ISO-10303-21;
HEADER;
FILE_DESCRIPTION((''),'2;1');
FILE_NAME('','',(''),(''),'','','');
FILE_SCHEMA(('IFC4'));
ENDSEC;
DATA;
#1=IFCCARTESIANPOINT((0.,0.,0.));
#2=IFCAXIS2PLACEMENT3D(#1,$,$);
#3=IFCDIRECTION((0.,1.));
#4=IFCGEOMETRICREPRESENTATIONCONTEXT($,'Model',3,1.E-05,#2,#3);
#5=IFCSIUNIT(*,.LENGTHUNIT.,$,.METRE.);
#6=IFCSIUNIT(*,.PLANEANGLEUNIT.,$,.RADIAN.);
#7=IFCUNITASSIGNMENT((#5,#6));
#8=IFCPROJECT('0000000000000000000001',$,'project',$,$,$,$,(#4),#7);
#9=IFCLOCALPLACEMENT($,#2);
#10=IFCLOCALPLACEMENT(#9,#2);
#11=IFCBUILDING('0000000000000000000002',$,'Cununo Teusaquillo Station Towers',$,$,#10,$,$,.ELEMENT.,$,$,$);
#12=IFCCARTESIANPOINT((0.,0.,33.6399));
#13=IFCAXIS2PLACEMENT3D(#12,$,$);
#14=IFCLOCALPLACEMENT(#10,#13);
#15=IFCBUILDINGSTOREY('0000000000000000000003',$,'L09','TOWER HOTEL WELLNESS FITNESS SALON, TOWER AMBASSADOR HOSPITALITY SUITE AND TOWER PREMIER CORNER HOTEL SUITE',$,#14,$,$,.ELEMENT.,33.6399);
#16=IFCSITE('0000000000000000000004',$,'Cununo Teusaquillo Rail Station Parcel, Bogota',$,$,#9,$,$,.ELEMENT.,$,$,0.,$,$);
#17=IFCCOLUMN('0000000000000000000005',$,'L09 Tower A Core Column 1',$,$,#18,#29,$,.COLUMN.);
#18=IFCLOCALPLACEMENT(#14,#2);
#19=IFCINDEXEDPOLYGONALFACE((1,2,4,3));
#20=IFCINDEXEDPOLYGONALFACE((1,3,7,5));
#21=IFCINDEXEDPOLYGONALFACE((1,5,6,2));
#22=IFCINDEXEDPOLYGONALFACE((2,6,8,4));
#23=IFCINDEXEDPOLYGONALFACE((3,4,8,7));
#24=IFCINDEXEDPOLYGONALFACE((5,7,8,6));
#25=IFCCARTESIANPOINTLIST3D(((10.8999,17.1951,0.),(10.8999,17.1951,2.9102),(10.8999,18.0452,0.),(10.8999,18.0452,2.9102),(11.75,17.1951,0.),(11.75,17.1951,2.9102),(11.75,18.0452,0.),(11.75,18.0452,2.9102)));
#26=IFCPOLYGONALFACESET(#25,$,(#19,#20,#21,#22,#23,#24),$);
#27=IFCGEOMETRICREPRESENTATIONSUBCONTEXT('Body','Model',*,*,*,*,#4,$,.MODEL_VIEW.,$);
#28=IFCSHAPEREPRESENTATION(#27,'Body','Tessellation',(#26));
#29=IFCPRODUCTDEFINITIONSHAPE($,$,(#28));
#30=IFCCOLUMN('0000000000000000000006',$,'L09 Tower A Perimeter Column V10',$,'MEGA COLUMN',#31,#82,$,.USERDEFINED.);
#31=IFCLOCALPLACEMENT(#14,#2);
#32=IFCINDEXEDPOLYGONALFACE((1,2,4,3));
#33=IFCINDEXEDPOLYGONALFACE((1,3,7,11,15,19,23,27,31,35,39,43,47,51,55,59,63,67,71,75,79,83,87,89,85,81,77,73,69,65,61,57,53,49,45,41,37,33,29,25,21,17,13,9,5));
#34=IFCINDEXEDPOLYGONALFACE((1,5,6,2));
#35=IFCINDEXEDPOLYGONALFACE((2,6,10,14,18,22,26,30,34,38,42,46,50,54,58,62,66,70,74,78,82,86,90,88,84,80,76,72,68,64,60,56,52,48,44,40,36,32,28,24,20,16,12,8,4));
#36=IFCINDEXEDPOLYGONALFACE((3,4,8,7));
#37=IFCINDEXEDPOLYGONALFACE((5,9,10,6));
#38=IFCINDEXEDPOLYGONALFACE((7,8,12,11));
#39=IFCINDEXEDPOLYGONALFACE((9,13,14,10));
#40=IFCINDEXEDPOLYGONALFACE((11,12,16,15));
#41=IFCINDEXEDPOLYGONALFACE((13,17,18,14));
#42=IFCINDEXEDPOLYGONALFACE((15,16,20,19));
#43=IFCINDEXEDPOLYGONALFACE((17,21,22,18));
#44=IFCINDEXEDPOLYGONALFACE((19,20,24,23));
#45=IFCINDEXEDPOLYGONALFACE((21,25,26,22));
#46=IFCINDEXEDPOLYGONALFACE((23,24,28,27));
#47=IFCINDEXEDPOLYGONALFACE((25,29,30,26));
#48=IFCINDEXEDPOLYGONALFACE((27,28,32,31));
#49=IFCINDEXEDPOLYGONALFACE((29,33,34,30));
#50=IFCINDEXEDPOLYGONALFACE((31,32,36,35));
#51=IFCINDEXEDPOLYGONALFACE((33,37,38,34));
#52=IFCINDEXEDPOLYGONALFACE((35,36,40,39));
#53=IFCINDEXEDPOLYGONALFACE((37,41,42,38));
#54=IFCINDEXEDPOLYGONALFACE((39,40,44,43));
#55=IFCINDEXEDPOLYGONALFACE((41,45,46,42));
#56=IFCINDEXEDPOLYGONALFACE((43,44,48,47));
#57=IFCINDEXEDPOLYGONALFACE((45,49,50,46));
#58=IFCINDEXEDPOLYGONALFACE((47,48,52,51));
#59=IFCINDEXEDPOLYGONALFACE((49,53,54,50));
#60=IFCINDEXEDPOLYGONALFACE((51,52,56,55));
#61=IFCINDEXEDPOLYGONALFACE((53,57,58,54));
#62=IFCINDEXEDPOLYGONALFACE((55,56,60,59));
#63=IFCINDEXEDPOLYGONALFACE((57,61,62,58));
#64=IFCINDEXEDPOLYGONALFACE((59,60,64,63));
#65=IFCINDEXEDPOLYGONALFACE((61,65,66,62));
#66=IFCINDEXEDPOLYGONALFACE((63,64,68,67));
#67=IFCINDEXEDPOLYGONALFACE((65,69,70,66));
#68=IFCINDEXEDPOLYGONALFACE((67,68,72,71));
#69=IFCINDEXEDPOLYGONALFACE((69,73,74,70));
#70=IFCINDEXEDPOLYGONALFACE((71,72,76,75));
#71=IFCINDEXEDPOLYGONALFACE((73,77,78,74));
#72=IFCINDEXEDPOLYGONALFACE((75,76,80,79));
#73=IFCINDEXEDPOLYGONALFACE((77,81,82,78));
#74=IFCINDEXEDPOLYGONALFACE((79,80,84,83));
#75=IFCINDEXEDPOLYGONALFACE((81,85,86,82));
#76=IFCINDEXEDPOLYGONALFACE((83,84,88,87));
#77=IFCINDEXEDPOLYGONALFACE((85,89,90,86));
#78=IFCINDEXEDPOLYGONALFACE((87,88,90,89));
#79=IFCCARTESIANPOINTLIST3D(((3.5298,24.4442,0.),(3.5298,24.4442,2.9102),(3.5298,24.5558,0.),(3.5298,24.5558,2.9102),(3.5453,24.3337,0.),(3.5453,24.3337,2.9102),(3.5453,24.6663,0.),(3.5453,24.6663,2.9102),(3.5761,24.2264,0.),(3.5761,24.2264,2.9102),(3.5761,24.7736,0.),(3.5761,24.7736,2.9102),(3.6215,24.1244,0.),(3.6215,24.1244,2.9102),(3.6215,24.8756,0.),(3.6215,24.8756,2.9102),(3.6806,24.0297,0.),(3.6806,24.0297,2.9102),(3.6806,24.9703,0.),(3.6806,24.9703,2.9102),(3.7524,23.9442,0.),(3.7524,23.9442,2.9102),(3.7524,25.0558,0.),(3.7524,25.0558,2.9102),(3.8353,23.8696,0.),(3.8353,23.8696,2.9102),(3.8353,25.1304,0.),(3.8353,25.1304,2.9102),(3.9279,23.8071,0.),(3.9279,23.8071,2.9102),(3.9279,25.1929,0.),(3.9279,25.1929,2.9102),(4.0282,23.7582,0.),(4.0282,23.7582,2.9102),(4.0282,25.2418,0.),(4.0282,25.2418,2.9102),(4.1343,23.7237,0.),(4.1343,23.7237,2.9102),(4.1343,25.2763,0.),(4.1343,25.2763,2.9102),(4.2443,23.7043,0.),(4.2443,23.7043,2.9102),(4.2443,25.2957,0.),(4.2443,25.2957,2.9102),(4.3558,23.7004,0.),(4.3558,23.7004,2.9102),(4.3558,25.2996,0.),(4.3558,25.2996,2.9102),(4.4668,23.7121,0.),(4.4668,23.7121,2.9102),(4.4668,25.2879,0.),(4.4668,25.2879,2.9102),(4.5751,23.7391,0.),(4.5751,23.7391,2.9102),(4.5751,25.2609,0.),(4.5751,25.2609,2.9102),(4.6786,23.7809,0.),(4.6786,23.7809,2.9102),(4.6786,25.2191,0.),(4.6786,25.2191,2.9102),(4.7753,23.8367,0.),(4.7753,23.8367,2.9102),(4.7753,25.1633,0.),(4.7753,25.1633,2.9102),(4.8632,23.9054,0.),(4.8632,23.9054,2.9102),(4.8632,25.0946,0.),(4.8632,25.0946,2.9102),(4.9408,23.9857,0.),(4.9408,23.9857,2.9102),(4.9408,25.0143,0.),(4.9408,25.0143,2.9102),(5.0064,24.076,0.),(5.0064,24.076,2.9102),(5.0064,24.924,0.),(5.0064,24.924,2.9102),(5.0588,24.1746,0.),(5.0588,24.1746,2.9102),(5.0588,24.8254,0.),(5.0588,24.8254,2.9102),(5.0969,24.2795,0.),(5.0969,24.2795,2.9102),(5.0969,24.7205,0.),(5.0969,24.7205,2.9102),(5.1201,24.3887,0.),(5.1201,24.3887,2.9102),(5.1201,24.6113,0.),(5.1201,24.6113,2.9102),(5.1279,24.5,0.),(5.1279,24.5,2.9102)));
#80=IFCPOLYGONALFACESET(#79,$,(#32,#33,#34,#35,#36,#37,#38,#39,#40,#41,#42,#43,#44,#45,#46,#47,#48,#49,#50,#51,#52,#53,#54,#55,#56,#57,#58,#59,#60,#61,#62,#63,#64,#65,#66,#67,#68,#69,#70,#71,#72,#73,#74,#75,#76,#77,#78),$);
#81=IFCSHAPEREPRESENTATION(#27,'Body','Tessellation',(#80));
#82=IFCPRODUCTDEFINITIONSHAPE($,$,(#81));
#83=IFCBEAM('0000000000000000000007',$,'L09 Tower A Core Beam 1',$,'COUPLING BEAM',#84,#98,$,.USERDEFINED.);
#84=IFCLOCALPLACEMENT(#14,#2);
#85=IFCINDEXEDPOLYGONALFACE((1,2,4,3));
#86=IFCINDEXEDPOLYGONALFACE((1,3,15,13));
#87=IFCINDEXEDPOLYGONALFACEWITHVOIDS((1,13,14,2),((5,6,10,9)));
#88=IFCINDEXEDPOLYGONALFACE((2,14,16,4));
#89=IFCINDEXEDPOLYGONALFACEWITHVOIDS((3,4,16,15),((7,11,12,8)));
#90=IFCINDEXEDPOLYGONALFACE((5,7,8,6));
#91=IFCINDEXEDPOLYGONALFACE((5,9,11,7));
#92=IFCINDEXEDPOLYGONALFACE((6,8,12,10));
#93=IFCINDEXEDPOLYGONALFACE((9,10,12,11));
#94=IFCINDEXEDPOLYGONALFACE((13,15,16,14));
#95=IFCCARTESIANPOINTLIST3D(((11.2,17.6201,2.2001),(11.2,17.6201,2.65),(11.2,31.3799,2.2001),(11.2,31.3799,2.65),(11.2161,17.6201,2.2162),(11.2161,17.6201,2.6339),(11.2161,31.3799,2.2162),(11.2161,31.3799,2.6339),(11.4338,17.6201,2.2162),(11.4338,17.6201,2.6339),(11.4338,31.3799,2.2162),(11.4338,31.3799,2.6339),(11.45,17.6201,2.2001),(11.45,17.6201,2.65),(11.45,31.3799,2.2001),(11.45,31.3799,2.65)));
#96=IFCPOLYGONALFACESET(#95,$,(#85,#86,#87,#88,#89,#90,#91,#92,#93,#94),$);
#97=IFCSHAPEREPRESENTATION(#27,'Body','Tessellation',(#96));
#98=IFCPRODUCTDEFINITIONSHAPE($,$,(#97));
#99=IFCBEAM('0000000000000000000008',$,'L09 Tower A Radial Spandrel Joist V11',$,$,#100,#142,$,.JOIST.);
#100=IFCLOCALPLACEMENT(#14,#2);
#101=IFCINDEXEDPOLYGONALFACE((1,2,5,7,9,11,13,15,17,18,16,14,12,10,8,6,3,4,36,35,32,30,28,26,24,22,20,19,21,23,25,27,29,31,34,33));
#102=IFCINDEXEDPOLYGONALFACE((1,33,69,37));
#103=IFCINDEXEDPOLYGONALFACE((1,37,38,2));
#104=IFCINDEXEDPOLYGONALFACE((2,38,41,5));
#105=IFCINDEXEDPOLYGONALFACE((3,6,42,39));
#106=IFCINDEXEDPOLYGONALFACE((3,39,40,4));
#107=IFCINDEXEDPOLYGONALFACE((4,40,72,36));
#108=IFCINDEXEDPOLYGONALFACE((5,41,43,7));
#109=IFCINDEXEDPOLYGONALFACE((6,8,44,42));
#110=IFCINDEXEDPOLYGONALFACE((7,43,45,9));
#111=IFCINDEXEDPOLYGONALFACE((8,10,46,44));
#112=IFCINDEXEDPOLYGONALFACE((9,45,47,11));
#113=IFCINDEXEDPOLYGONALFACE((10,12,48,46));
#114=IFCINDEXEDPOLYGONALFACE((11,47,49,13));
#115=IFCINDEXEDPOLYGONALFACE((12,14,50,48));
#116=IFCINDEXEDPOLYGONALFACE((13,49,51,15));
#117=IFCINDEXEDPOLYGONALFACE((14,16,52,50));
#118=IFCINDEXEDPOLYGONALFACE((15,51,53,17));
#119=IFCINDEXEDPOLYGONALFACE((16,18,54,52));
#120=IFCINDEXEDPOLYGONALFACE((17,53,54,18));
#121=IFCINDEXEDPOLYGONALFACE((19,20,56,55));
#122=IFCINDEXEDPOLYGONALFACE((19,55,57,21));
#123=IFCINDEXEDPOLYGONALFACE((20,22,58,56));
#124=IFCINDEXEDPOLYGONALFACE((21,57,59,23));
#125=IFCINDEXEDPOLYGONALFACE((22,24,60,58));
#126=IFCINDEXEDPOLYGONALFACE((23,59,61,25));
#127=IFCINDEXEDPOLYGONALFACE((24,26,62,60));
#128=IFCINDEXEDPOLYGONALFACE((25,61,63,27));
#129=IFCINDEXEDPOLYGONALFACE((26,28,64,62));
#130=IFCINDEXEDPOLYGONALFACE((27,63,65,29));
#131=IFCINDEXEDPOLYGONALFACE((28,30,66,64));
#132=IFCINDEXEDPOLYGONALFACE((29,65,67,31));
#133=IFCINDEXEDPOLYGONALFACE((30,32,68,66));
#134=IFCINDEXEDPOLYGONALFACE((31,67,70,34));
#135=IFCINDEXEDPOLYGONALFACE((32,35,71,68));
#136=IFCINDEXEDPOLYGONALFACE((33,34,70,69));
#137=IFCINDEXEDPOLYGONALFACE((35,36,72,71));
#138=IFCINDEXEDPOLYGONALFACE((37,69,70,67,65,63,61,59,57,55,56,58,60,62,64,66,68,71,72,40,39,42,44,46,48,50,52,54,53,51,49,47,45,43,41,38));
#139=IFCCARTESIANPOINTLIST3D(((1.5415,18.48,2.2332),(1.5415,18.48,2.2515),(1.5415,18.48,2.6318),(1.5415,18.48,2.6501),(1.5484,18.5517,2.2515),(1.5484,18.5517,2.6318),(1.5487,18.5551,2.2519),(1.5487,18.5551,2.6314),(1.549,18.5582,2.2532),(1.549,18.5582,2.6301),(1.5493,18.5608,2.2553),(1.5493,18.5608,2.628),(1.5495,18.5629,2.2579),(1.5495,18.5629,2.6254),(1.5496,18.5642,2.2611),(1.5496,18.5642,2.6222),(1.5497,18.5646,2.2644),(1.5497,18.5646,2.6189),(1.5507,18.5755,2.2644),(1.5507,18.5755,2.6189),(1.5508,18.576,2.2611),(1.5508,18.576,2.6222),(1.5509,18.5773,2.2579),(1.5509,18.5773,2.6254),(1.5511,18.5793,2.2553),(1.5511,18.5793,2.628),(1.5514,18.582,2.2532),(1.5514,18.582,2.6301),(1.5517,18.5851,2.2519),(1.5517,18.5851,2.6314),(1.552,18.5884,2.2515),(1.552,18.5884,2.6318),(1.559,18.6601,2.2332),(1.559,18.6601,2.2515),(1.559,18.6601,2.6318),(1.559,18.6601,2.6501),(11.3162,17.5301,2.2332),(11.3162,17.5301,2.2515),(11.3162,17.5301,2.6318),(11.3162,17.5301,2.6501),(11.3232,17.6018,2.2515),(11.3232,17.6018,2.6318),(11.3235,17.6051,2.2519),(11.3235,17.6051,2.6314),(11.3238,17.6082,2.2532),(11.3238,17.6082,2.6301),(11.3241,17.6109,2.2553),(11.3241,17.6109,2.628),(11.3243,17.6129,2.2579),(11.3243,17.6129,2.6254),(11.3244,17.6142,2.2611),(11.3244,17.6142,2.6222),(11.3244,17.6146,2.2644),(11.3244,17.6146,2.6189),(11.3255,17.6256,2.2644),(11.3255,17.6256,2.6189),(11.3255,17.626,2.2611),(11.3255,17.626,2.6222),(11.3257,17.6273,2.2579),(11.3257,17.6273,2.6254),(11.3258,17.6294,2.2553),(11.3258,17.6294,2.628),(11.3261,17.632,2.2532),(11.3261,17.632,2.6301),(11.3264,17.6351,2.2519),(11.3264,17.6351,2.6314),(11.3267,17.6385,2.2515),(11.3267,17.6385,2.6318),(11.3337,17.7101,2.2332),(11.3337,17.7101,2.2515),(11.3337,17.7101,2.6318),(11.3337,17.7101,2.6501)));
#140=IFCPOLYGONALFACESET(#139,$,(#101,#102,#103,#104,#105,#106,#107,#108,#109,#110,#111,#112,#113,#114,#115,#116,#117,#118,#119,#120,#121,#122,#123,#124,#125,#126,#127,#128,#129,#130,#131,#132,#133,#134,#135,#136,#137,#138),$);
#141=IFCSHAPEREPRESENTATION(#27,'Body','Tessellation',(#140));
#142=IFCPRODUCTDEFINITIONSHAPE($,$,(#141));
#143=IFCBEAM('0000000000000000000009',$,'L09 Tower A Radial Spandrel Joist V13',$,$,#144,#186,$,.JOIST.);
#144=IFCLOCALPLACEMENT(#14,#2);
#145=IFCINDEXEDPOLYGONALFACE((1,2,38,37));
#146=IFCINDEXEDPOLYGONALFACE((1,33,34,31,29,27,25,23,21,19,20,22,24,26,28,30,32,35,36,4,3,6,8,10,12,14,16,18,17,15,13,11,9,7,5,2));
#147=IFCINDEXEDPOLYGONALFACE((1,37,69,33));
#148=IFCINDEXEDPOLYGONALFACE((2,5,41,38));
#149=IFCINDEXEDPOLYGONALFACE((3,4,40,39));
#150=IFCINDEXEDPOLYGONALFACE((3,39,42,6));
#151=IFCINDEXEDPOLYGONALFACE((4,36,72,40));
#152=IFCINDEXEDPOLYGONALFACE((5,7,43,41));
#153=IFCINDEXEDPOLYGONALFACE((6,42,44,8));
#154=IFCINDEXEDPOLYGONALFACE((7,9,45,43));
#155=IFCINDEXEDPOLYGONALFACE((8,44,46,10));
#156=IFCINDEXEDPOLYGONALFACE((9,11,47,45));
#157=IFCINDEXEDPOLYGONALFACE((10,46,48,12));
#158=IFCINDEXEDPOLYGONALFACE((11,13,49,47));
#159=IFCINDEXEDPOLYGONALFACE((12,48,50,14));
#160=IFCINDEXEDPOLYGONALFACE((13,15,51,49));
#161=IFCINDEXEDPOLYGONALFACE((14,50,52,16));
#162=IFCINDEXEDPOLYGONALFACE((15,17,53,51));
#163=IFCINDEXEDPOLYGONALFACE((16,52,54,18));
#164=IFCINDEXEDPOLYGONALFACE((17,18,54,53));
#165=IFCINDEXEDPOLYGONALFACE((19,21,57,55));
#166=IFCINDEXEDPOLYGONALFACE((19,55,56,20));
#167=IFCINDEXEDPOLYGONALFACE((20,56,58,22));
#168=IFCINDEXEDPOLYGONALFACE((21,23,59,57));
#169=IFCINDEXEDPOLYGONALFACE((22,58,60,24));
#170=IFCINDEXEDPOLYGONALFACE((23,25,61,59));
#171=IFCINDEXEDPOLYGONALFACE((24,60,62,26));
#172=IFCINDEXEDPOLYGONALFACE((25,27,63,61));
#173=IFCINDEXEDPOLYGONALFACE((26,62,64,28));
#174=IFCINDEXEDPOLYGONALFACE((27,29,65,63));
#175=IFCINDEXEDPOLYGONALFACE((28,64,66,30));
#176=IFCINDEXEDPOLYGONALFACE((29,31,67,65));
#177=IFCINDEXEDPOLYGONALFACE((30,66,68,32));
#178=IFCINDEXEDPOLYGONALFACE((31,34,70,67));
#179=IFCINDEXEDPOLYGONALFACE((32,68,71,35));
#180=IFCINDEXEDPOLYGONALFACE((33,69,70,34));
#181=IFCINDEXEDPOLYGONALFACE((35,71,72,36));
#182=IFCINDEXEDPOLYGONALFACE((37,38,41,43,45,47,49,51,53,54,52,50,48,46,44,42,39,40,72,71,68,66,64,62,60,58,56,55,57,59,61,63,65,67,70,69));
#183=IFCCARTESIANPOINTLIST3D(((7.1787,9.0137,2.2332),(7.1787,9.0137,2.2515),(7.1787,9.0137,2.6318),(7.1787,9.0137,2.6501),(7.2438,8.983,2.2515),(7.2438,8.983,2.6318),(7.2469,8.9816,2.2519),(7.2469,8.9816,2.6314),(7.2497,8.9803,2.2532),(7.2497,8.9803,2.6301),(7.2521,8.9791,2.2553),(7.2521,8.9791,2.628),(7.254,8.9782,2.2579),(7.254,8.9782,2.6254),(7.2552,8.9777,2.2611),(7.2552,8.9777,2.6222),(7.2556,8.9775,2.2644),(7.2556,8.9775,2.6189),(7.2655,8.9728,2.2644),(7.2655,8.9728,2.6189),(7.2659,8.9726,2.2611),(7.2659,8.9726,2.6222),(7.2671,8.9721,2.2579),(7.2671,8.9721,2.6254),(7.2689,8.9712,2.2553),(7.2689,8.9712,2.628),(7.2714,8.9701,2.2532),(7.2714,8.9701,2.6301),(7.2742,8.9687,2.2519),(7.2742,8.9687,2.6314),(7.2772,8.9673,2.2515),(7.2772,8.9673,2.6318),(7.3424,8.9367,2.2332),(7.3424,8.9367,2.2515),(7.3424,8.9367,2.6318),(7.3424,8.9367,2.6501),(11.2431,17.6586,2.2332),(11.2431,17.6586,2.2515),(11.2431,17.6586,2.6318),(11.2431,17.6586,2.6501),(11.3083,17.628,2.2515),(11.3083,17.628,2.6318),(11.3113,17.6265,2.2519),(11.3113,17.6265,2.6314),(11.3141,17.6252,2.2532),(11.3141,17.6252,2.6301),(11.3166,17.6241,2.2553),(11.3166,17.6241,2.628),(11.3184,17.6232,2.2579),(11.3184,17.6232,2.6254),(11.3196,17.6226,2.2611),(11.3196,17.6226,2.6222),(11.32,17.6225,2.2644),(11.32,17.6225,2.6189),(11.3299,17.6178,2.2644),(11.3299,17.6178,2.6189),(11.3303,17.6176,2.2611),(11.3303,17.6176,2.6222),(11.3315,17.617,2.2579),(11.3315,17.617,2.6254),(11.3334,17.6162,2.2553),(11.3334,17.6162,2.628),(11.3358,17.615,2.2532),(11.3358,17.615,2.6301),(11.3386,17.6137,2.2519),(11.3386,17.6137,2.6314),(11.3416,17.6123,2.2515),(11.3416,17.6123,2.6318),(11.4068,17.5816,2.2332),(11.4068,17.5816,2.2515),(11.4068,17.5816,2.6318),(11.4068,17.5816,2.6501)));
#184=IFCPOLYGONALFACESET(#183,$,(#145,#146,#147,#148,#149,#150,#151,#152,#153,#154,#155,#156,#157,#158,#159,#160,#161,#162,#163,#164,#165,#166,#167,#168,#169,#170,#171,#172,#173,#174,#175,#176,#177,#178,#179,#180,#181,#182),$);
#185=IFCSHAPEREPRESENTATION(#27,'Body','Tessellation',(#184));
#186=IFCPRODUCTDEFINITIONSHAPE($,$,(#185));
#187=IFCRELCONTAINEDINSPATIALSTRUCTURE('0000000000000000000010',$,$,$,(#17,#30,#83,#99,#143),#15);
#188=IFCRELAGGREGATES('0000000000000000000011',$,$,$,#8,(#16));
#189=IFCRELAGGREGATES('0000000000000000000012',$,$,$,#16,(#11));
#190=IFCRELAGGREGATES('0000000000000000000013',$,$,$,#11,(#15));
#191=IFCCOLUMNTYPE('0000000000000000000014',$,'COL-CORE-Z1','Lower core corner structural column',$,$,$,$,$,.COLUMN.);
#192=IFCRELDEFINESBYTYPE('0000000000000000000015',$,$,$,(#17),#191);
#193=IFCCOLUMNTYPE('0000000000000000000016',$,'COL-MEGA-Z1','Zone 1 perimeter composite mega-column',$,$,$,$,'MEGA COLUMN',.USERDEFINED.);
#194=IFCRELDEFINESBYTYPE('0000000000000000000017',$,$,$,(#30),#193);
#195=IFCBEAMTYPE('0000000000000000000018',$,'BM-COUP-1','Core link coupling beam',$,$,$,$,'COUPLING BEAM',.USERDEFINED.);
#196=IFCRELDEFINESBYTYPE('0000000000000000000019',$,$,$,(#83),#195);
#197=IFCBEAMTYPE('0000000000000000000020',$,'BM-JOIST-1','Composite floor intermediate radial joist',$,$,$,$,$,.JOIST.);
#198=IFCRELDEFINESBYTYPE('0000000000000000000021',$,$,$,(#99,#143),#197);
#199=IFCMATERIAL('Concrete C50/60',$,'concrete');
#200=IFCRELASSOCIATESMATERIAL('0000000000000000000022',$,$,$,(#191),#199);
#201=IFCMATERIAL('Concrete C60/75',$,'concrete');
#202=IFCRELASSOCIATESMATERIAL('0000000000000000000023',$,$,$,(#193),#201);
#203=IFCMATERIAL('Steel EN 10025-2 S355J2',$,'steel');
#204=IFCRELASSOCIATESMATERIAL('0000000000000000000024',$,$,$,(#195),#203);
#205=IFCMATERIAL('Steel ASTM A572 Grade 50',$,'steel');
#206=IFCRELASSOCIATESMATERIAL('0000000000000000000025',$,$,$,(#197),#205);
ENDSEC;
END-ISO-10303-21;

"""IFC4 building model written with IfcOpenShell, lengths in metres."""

from ifc_helpers import new_model, si_unit, direction, frame, origin, origin_2d, place, context, subcontext, project, spatial, rectangle, hollow_rectangle, circle, i_section, extrude, material, material_profile, profile_set, type_object, element, save


model = new_model("IFC4")

# Units and contexts
model_context = context("Model", 3, precision=1e-05, world=origin(), true_north=direction((0.0, 1.0)))
body_context = subcontext(model_context, "Body", "Model", "MODEL_VIEW")
ifc_project = project(units=[si_unit("LENGTHUNIT", "METRE"), si_unit("PLANEANGLEUNIT", "RADIAN")], contexts=[model_context])

# Site, building, storey
site_placement = place(None, origin())
site = spatial("IfcSite", under=ifc_project, at=site_placement, Name="Cununo Teusaquillo Rail Station Parcel, Bogota", CompositionType="ELEMENT", RefElevation=0.0)
building_placement = place(site_placement, origin())
building = spatial("IfcBuilding", under=site, at=building_placement, Name="Cununo Teusaquillo Station Towers", CompositionType="ELEMENT")
storey_placement = place(building_placement, frame((0.0, 0.0, 33.6399)))
storey = spatial("IfcBuildingStorey", under=building, at=storey_placement, Name="L09", Description="TOWER HOTEL WELLNESS FITNESS SALON, TOWER AMBASSADOR HOSPITALITY SUITE AND TOWER PREMIER CORNER HOTEL SUITE", CompositionType="ELEMENT", Elevation=33.6399)

# Columns
ifc_material_1 = material(Name="Concrete C50/60", Category="concrete")
ifc_material_profile_1 = material_profile(ifc_material_1, rectangle(XDim=0.8501, YDim=0.8501, at=origin_2d()), Name="RC-RECT-850x850")
ifc_profile_set_1 = profile_set([ifc_material_profile_1], Name="Concrete C50/60")
column_type_1 = type_object("IfcColumnType", Name="COL-CORE-Z1", Description="Lower core corner structural column", PredefinedType="COLUMN", material=ifc_profile_set_1)
column_1_placement = place(storey_placement, frame((11.325, 17.6201, 0.0), z_axis=(0.0, 0.0, 1.0), x_axis=(1.0, 0.0, 0.0)))
element("IfcColumn", 1, at=column_1_placement, inside=storey, type_object=column_type_1, Name="L09 Tower A Core Column 1", PredefinedType="COLUMN", context=body_context, shape_type="SweptSolid", body=[
    extrude(rectangle(XDim=0.8501, YDim=0.8501, at=origin_2d()), origin(), (0.0, 0.0, 1.0), 2.9102),
])
ifc_material_2 = material(Name="Concrete C60/75", Category="concrete")
ifc_material_profile_2 = material_profile(ifc_material_2, circle(Radius=0.8, at=origin_2d()), Name="RC-CIRC-1600")
ifc_profile_set_2 = profile_set([ifc_material_profile_2], Name="Concrete C60/75")
column_type_2 = type_object("IfcColumnType", Name="COL-MEGA-Z1", Description="Zone 1 perimeter composite mega-column", ElementType="MEGA COLUMN", PredefinedType="USERDEFINED", material=ifc_profile_set_2)
column_2_placement = place(storey_placement, frame((4.3279, 24.5, 0.0), z_axis=(0.0, 0.0, 1.0), x_axis=(1.0, 0.0, 0.0)))
element("IfcColumn", 2, at=column_2_placement, inside=storey, type_object=column_type_2, Name="L09 Tower A Perimeter Column V10", ObjectType="MEGA COLUMN", PredefinedType="USERDEFINED", context=body_context, shape_type="SweptSolid", body=[
    extrude(circle(Radius=0.8, at=origin_2d()), origin(), (0.0, 0.0, 1.0), 2.9102),
])

# Beams
ifc_material_3 = material(Name="Steel EN 10025-2 S355J2", Category="steel")
ifc_material_profile_3 = material_profile(ifc_material_3, hollow_rectangle(XDim=0.25, YDim=0.45, WallThickness=0.0161, at=origin_2d()), Name="RHS 450x250x16")
ifc_profile_set_3 = profile_set([ifc_material_profile_3], Name="Steel EN 10025-2 S355J2")
beam_type_1 = type_object("IfcBeamType", Name="BM-COUP-1", Description="Core link coupling beam", ElementType="COUPLING BEAM", PredefinedType="USERDEFINED", material=ifc_profile_set_3)
beam_1_placement = place(storey_placement, frame((11.325, 17.6201, 2.425), z_axis=(0.0, 1.0, 0.0), x_axis=(-1.0, 0.0, 0.0)))
element("IfcBeam", 3, at=beam_1_placement, inside=storey, type_object=beam_type_1, Name="L09 Tower A Core Beam 1", ObjectType="COUPLING BEAM", PredefinedType="USERDEFINED", context=body_context, shape_type="SweptSolid", body=[
    extrude(hollow_rectangle(XDim=0.25, YDim=0.45, WallThickness=0.0161, at=origin_2d()), origin(), (0.0, 0.0, 1.0), 13.7598),
])
ifc_material_4 = material(Name="Steel ASTM A572 Grade 50", Category="steel")
ifc_material_profile_4 = material_profile(ifc_material_4, i_section(OverallWidth=0.1809, OverallDepth=0.417, WebThickness=0.011, FlangeThickness=0.0183, FilletRadius=0.0129, at=origin_2d()), Name="W16X57")
ifc_profile_set_4 = profile_set([ifc_material_profile_4], Name="Steel ASTM A572 Grade 50")
beam_type_2 = type_object("IfcBeamType", Name="BM-JOIST-1", Description="Composite floor intermediate radial joist", PredefinedType="JOIST", material=ifc_profile_set_4)
beam_2_placement = place(storey_placement, frame((11.325, 17.6201, 2.4417), z_axis=(-0.995311, 0.096729, 0.0), x_axis=(-0.096729, -0.995311, 0.0)))
element("IfcBeam", 4, at=beam_2_placement, inside=storey, type_object=beam_type_2, Name="L09 Tower A Radial Spandrel Joist V11", PredefinedType="JOIST", context=body_context, shape_type="SweptSolid", body=[
    extrude(i_section(OverallWidth=0.1809, OverallDepth=0.417, WebThickness=0.011, FlangeThickness=0.0183, FilletRadius=0.0129, at=origin_2d()), origin(), (0.0, 0.0, 1.0), 9.8208),
])
beam_3_placement = place(storey_placement, frame((11.325, 17.6201, 2.4417), z_axis=(-0.425472, -0.904972, 0.0), x_axis=(0.904972, -0.425472, 0.0)))
element("IfcBeam", 5, at=beam_3_placement, inside=storey, type_object=beam_type_2, Name="L09 Tower A Radial Spandrel Joist V13", PredefinedType="JOIST", context=body_context, shape_type="SweptSolid", body=[
    extrude(i_section(OverallWidth=0.1809, OverallDepth=0.417, WebThickness=0.011, FlangeThickness=0.0183, FilletRadius=0.0129, at=origin_2d()), origin(), (0.0, 0.0, 1.0), 9.5527),
])

save(model, "model.ifc")
